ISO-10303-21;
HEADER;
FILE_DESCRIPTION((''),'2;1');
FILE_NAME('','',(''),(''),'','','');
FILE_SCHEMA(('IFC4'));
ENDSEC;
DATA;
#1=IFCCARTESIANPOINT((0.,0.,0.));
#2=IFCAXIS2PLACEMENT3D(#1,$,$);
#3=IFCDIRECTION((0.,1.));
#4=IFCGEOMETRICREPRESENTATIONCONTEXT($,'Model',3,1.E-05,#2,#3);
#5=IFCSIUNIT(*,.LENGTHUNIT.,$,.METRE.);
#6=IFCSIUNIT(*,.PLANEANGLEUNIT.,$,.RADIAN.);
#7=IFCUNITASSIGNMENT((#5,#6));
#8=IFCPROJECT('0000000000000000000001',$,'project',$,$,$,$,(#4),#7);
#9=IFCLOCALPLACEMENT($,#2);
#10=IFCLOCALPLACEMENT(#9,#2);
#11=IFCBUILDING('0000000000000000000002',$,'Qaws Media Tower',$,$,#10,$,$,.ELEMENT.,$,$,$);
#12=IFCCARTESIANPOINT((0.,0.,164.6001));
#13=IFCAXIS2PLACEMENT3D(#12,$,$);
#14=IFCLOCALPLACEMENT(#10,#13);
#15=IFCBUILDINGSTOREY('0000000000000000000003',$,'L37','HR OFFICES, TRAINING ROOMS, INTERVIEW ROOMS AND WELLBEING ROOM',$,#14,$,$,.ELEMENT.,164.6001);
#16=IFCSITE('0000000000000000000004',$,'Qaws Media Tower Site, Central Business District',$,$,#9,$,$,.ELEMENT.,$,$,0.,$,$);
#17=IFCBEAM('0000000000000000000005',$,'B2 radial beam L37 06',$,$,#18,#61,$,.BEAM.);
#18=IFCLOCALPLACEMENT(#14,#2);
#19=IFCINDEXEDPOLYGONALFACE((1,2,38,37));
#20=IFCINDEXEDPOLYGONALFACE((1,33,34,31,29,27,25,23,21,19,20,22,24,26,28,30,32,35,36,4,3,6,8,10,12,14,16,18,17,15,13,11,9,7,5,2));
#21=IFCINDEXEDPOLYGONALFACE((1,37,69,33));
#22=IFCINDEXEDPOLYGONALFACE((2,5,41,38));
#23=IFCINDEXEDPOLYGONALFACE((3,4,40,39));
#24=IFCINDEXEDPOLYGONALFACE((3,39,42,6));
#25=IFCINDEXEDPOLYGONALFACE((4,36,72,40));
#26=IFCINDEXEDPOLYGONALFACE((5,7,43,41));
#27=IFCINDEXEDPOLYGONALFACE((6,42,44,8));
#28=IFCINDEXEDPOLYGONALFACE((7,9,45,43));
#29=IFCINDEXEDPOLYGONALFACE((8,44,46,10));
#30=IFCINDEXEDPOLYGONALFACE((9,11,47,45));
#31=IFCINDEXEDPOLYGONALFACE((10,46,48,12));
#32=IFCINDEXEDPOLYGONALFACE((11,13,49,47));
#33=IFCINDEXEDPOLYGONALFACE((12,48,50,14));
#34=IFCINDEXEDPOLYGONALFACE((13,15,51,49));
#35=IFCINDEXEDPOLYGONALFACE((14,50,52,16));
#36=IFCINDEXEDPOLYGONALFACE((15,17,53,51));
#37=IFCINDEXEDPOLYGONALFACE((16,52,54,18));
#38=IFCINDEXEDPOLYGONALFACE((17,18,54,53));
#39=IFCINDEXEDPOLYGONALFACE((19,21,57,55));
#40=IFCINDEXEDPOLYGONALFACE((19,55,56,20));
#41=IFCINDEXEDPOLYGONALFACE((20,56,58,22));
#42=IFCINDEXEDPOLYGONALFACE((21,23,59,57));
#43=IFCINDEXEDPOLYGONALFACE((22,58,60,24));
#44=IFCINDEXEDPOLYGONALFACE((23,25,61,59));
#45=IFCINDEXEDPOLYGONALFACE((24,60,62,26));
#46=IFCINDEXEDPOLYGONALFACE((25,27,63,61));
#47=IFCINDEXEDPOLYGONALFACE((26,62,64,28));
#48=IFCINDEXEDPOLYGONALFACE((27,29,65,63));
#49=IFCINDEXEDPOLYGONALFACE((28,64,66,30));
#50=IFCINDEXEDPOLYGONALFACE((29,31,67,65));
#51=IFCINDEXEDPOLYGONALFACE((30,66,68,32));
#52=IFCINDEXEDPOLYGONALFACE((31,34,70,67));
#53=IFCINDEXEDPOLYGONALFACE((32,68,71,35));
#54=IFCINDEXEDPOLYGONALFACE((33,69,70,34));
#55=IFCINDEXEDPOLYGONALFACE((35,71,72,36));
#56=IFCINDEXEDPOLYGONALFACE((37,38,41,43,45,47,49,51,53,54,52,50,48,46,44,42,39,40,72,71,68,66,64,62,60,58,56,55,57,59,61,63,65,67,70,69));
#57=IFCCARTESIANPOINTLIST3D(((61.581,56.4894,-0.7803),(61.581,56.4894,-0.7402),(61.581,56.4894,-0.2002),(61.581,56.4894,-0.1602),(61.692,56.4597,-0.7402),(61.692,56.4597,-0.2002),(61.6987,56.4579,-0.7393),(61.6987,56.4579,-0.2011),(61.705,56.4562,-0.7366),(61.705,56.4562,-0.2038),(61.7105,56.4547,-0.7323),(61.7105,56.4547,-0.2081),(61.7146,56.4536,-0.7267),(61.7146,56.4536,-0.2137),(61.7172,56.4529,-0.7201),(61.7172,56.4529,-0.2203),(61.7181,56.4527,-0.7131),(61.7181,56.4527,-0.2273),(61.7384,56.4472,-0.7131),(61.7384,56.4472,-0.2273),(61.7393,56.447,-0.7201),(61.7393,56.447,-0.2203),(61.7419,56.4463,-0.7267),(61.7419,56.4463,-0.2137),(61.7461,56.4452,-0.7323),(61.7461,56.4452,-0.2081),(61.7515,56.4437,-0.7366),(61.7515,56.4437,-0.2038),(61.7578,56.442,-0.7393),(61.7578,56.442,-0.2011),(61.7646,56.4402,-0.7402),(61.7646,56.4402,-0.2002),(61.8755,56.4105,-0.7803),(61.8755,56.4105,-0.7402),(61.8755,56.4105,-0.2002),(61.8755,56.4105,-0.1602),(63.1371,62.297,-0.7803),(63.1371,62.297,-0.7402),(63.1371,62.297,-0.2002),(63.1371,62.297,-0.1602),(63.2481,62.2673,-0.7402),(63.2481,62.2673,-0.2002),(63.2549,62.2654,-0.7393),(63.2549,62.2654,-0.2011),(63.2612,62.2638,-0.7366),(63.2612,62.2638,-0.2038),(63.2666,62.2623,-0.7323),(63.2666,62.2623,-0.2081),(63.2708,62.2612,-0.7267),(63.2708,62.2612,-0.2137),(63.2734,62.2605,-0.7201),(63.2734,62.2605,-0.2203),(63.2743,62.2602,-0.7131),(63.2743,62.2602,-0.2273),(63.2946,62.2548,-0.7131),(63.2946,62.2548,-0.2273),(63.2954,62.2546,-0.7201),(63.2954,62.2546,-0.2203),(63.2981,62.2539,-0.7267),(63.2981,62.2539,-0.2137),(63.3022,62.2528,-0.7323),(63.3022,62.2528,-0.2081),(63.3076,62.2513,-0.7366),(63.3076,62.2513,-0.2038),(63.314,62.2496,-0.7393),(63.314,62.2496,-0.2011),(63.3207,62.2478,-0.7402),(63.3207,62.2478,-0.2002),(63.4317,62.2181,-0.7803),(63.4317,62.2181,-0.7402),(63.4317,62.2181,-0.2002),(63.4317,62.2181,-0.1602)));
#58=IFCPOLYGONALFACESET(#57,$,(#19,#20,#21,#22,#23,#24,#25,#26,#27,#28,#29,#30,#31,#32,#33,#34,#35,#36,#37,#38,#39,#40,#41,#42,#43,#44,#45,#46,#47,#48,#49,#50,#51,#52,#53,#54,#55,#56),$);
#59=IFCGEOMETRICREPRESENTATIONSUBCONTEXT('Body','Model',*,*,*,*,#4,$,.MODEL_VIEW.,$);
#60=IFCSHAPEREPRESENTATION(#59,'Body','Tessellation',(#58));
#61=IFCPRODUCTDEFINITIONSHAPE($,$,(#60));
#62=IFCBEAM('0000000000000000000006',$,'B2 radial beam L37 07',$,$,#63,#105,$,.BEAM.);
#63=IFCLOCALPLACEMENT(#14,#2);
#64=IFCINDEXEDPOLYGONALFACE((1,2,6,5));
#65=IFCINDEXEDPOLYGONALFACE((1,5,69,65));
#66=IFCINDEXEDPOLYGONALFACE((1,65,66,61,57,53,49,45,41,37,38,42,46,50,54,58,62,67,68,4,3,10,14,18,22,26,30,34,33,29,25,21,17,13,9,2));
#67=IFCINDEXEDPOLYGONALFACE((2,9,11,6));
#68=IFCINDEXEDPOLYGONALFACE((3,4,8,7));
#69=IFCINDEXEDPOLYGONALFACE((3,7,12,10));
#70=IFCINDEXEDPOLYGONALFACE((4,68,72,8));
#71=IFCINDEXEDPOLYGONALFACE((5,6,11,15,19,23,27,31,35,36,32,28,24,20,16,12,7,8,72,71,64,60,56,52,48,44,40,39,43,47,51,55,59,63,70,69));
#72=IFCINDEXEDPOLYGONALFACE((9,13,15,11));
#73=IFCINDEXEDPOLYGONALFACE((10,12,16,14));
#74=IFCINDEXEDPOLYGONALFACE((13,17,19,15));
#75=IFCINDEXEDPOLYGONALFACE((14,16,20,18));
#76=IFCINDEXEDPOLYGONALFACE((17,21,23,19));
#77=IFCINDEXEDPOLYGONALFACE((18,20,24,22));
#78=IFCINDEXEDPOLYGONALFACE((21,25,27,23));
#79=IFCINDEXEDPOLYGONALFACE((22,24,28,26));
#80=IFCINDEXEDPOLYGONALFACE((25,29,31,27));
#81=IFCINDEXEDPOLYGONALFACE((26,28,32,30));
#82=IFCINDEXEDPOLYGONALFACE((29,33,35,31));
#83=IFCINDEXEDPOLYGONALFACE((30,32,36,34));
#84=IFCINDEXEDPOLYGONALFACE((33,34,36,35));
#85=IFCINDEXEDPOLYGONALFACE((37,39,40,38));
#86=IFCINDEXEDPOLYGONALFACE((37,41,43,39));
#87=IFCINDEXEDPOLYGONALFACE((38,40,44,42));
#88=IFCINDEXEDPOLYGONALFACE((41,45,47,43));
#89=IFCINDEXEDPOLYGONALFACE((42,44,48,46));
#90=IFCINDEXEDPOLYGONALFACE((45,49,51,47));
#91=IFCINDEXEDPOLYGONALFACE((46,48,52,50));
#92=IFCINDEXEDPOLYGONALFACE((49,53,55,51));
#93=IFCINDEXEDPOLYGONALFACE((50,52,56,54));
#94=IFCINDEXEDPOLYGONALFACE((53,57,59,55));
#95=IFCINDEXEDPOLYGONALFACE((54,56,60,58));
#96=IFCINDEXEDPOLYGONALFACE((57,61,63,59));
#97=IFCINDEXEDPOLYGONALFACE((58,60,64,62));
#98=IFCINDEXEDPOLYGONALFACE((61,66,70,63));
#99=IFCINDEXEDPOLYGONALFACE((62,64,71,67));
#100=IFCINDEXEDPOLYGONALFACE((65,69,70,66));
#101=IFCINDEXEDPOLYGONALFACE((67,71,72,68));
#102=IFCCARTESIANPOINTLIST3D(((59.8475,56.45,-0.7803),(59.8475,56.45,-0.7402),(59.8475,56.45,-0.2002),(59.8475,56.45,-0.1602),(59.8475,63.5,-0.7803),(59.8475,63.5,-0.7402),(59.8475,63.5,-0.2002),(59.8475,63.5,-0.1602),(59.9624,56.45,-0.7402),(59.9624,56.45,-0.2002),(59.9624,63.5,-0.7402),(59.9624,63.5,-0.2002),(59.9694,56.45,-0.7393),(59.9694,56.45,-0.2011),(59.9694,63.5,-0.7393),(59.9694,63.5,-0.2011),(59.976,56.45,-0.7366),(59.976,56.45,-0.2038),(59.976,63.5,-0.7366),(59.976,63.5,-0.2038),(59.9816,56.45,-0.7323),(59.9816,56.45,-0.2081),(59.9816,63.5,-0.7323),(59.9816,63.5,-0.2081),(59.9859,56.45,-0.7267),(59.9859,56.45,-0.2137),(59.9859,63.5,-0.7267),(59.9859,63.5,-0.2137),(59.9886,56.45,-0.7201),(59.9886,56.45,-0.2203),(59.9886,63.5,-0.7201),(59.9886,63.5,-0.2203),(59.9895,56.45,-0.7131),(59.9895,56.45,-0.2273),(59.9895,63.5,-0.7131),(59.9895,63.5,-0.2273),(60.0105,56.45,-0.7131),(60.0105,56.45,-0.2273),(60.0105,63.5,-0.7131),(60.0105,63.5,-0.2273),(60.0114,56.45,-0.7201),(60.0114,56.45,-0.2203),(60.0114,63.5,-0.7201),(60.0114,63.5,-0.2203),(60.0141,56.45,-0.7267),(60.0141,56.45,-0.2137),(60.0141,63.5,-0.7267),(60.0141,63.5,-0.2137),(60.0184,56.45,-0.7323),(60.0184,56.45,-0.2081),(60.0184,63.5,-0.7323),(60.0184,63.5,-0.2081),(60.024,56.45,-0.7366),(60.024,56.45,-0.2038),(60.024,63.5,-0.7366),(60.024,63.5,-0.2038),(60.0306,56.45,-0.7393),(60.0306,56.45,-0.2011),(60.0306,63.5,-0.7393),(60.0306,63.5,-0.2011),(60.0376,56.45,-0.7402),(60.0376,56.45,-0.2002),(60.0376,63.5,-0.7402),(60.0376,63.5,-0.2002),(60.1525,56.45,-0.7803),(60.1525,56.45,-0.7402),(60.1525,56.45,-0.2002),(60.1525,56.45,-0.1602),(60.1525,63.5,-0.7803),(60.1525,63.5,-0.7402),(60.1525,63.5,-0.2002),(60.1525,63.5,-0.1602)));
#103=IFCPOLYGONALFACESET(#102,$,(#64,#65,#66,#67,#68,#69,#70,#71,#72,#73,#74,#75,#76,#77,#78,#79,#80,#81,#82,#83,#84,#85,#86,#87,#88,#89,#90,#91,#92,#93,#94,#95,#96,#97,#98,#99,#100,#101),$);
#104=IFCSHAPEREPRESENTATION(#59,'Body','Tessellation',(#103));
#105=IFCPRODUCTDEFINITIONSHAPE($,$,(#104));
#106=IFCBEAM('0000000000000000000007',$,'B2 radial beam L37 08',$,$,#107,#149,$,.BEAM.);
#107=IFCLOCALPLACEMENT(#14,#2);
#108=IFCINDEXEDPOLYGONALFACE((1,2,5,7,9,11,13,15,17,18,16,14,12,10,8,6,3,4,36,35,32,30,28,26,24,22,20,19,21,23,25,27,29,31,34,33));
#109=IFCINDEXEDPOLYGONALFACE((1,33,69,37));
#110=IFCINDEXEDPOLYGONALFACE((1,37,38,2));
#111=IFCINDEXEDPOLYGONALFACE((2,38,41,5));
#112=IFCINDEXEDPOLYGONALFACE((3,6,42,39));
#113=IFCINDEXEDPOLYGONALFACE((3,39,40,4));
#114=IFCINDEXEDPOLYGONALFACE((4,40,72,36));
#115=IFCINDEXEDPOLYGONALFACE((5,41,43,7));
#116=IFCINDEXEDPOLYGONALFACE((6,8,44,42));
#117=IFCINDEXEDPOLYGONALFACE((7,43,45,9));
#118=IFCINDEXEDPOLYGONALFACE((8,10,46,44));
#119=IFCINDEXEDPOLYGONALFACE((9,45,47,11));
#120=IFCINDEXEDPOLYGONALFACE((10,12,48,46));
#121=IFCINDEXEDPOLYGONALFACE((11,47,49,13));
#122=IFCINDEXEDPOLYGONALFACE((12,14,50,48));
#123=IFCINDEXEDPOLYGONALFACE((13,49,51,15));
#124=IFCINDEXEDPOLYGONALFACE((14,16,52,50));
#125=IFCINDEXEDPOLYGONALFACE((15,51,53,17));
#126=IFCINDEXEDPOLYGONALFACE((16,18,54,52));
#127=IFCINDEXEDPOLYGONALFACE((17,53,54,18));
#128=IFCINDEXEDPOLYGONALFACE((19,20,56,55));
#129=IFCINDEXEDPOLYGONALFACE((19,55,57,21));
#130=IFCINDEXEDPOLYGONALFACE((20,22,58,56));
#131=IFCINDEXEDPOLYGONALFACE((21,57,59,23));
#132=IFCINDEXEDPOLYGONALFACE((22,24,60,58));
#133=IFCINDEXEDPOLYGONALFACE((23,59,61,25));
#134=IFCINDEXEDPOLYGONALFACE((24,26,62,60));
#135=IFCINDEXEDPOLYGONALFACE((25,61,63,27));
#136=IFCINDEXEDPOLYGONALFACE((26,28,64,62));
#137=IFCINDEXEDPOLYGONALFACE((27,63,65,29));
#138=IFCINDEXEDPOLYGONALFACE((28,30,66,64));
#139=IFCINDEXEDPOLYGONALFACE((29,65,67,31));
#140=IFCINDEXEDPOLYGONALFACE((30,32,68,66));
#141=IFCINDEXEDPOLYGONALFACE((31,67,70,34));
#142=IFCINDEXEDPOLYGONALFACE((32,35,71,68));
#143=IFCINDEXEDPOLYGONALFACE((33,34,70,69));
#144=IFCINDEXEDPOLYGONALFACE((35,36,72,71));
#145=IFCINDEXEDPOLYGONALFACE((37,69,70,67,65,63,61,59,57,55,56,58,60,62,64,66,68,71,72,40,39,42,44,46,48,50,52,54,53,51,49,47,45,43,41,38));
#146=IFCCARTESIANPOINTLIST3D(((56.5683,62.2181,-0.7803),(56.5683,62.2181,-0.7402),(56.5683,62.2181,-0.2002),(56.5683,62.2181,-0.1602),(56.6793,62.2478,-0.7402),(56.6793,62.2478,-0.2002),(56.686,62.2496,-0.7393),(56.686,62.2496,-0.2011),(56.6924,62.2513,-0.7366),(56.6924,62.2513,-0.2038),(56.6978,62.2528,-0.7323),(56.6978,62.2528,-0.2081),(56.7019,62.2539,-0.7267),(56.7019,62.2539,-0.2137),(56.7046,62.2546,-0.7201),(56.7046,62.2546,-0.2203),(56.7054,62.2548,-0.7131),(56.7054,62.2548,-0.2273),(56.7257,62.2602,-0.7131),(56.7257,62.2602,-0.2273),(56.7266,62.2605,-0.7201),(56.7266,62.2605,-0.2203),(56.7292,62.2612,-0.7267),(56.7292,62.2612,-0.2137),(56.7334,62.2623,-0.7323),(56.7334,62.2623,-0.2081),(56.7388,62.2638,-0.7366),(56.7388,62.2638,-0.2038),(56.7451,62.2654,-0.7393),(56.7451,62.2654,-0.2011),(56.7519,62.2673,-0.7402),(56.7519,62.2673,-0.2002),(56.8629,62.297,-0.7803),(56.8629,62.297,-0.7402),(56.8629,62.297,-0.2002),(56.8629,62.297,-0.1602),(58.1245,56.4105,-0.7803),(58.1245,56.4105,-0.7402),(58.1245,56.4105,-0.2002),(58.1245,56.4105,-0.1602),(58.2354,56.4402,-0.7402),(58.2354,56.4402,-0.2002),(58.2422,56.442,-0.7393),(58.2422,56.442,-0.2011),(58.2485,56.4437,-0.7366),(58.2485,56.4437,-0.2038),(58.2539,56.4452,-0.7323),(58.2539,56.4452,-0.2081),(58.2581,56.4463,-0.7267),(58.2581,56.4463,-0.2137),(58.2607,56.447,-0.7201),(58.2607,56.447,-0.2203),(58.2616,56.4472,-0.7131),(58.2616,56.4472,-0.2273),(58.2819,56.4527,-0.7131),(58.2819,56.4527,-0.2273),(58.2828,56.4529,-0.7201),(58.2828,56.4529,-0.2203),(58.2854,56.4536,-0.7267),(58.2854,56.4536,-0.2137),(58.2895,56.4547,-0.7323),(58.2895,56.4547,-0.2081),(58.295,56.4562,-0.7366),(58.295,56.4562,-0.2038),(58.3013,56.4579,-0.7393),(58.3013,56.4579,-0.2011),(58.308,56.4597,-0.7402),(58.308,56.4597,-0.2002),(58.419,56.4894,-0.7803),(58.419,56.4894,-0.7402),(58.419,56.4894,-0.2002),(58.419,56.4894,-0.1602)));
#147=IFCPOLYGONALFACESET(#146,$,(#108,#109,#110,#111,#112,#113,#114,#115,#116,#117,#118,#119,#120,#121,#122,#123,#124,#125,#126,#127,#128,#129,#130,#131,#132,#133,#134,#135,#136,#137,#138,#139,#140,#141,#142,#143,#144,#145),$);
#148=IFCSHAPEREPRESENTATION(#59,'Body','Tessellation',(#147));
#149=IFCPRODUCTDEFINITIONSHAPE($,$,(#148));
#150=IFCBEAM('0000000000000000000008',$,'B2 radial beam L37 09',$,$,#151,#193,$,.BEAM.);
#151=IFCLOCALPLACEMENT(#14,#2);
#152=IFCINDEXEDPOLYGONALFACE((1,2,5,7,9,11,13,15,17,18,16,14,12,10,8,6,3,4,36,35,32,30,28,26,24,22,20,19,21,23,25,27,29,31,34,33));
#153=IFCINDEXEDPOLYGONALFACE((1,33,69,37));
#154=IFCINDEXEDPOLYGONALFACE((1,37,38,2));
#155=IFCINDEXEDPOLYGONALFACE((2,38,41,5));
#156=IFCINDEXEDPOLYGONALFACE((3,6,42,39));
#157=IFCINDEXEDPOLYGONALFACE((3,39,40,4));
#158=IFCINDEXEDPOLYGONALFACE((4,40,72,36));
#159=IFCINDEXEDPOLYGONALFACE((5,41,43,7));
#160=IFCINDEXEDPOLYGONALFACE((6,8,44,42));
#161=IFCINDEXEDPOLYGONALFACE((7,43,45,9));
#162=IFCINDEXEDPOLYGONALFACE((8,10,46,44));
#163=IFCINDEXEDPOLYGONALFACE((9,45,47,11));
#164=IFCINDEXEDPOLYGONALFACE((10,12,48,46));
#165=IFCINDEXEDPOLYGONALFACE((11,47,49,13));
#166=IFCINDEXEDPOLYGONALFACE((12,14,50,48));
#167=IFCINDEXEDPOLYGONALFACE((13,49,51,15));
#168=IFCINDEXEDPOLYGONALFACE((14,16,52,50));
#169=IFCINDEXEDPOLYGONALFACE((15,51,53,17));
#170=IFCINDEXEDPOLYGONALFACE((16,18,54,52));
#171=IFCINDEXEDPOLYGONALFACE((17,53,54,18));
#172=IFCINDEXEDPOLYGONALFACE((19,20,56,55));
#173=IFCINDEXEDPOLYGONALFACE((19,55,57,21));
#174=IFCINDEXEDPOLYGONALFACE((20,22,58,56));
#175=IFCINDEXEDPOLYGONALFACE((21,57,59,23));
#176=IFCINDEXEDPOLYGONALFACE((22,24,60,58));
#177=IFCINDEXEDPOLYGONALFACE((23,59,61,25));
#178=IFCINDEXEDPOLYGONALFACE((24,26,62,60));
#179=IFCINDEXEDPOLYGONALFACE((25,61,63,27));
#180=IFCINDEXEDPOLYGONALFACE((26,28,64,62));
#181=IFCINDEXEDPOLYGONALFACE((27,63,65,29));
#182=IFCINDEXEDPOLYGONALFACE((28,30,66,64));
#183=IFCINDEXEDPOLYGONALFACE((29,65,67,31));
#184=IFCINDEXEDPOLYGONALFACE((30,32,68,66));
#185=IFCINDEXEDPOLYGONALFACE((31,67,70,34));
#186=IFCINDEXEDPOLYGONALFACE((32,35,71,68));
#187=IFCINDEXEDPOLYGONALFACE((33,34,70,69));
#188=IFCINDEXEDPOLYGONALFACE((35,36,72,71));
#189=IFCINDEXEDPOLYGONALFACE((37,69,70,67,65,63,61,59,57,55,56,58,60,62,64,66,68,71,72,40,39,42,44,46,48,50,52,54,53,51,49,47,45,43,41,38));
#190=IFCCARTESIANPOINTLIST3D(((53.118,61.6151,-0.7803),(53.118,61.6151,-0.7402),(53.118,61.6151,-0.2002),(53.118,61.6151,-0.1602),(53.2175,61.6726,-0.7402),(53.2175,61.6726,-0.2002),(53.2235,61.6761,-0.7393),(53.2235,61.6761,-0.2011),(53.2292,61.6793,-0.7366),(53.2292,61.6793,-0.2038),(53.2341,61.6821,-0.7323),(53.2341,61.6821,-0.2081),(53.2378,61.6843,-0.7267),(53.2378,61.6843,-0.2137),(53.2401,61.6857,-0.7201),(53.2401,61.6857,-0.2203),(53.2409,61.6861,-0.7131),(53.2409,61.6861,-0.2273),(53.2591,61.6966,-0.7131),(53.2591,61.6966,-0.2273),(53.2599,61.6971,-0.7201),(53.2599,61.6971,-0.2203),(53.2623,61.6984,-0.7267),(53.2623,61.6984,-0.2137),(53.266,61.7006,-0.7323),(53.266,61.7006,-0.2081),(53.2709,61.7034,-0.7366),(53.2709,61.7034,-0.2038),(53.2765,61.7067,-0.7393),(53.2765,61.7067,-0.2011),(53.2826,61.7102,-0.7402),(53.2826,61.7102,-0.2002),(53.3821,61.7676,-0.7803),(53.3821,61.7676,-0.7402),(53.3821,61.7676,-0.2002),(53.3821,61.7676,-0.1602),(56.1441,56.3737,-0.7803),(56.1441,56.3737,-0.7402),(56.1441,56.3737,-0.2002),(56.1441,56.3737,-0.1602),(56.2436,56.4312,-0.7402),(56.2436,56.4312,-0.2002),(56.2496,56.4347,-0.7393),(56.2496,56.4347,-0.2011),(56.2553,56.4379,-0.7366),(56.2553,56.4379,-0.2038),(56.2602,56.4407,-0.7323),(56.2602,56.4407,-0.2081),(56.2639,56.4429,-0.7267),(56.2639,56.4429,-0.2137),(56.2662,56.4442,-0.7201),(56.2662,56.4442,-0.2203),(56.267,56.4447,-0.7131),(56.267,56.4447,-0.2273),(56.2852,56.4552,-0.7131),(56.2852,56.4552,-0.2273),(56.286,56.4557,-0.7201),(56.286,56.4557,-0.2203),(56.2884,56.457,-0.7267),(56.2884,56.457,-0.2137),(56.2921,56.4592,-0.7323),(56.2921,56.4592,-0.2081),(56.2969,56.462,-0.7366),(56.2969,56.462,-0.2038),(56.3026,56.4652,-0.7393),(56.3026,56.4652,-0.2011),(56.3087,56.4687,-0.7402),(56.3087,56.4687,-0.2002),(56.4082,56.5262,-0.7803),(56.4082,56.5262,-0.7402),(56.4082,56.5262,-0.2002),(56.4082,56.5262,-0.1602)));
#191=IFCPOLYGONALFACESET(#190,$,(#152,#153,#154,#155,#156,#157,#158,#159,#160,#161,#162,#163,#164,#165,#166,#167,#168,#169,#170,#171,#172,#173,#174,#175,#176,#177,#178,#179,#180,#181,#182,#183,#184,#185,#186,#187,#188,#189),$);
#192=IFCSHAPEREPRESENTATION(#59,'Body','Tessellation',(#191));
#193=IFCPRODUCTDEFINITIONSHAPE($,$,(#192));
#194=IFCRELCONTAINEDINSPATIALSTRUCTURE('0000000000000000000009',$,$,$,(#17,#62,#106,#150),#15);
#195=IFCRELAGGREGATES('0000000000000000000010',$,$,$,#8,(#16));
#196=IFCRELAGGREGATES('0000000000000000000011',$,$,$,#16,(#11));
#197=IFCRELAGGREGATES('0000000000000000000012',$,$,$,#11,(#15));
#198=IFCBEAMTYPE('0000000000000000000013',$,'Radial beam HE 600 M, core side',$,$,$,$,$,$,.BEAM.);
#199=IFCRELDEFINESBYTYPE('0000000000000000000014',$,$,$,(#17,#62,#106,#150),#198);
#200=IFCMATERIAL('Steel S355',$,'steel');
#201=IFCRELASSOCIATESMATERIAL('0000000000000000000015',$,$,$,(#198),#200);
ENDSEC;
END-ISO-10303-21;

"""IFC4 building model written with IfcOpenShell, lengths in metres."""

from ifc_helpers import new_model, si_unit, direction, frame, origin, origin_2d, place, context, subcontext, project, spatial, i_section, extrude, material, material_profile, profile_set, type_object, element, save


model = new_model("IFC4")

# Units and contexts
model_context = context("Model", 3, precision=1e-05, world=origin(), true_north=direction((0.0, 1.0)))
body_context = subcontext(model_context, "Body", "Model", "MODEL_VIEW")
ifc_project = project(units=[si_unit("LENGTHUNIT", "METRE"), si_unit("PLANEANGLEUNIT", "RADIAN")], contexts=[model_context])

# Site, building, storey
site_placement = place(None, origin())
site = spatial("IfcSite", under=ifc_project, at=site_placement, Name="Qaws Media Tower Site, Central Business District", CompositionType="ELEMENT", RefElevation=0.0)
building_placement = place(site_placement, origin())
building = spatial("IfcBuilding", under=site, at=building_placement, Name="Qaws Media Tower", CompositionType="ELEMENT")
storey_placement = place(building_placement, frame((0.0, 0.0, 164.6001)))
storey = spatial("IfcBuildingStorey", under=building, at=storey_placement, Name="L37", Description="HR OFFICES, TRAINING ROOMS, INTERVIEW ROOMS AND WELLBEING ROOM", CompositionType="ELEMENT", Elevation=164.6001)

# Beams
ifc_material_1 = material(Name="Steel S355", Category="steel")
ifc_material_profile_1 = material_profile(ifc_material_1, i_section(OverallWidth=0.3049, OverallDepth=0.6201, WebThickness=0.021, FlangeThickness=0.04, FilletRadius=0.0271, at=origin_2d()), Name="HE 600 M")
ifc_profile_set_1 = profile_set([ifc_material_profile_1], Name="Steel S355")
beam_type_1 = type_object("IfcBeamType", Name="Radial beam HE 600 M, core side", PredefinedType="BEAM", material=ifc_profile_set_1)
beam_1_placement = place(storey_placement, frame((61.7283, 56.45, -0.4702), z_axis=(0.25882, 0.965926, 0.0), x_axis=(-0.965926, 0.25882, 0.0)))
element("IfcBeam", 1, at=beam_1_placement, inside=storey, type_object=beam_type_1, Name="B2 radial beam L37 06", PredefinedType="BEAM", context=body_context, shape_type="SweptSolid", body=[
    extrude(i_section(OverallWidth=0.3049, OverallDepth=0.6201, WebThickness=0.021, FlangeThickness=0.04, FilletRadius=0.0271, at=origin_2d()), origin(), (0.0, 0.0, 1.0), 6.0125),
])
beam_2_placement = place(storey_placement, frame((60.0, 56.45, -0.4702), z_axis=(0.0, 1.0, 0.0), x_axis=(-1.0, 0.0, 0.0)))
element("IfcBeam", 2, at=beam_2_placement, inside=storey, type_object=beam_type_1, Name="B2 radial beam L37 07", PredefinedType="BEAM", context=body_context, shape_type="SweptSolid", body=[
    extrude(i_section(OverallWidth=0.3049, OverallDepth=0.6201, WebThickness=0.021, FlangeThickness=0.04, FilletRadius=0.0271, at=origin_2d()), origin(), (0.0, 0.0, 1.0), 7.05),
])
beam_3_placement = place(storey_placement, frame((58.2717, 56.45, -0.4702), z_axis=(-0.25882, 0.965926, 0.0), x_axis=(-0.965926, -0.25882, 0.0)))
element("IfcBeam", 3, at=beam_3_placement, inside=storey, type_object=beam_type_1, Name="B2 radial beam L37 08", PredefinedType="BEAM", context=body_context, shape_type="SweptSolid", body=[
    extrude(i_section(OverallWidth=0.3049, OverallDepth=0.6201, WebThickness=0.021, FlangeThickness=0.04, FilletRadius=0.0271, at=origin_2d()), origin(), (0.0, 0.0, 1.0), 6.0125),
])
beam_4_placement = place(storey_placement, frame((56.2761, 56.45, -0.4702), z_axis=(-0.499996, 0.866028, 0.0), x_axis=(-0.866028, -0.499996, 0.0)))
element("IfcBeam", 4, at=beam_4_placement, inside=storey, type_object=beam_type_1, Name="B2 radial beam L37 09", PredefinedType="BEAM", context=body_context, shape_type="SweptSolid", body=[
    extrude(i_section(OverallWidth=0.3049, OverallDepth=0.6201, WebThickness=0.021, FlangeThickness=0.04, FilletRadius=0.0271, at=origin_2d()), origin(), (0.0, 0.0, 1.0), 6.0522),
])

save(model, "model.ifc")
